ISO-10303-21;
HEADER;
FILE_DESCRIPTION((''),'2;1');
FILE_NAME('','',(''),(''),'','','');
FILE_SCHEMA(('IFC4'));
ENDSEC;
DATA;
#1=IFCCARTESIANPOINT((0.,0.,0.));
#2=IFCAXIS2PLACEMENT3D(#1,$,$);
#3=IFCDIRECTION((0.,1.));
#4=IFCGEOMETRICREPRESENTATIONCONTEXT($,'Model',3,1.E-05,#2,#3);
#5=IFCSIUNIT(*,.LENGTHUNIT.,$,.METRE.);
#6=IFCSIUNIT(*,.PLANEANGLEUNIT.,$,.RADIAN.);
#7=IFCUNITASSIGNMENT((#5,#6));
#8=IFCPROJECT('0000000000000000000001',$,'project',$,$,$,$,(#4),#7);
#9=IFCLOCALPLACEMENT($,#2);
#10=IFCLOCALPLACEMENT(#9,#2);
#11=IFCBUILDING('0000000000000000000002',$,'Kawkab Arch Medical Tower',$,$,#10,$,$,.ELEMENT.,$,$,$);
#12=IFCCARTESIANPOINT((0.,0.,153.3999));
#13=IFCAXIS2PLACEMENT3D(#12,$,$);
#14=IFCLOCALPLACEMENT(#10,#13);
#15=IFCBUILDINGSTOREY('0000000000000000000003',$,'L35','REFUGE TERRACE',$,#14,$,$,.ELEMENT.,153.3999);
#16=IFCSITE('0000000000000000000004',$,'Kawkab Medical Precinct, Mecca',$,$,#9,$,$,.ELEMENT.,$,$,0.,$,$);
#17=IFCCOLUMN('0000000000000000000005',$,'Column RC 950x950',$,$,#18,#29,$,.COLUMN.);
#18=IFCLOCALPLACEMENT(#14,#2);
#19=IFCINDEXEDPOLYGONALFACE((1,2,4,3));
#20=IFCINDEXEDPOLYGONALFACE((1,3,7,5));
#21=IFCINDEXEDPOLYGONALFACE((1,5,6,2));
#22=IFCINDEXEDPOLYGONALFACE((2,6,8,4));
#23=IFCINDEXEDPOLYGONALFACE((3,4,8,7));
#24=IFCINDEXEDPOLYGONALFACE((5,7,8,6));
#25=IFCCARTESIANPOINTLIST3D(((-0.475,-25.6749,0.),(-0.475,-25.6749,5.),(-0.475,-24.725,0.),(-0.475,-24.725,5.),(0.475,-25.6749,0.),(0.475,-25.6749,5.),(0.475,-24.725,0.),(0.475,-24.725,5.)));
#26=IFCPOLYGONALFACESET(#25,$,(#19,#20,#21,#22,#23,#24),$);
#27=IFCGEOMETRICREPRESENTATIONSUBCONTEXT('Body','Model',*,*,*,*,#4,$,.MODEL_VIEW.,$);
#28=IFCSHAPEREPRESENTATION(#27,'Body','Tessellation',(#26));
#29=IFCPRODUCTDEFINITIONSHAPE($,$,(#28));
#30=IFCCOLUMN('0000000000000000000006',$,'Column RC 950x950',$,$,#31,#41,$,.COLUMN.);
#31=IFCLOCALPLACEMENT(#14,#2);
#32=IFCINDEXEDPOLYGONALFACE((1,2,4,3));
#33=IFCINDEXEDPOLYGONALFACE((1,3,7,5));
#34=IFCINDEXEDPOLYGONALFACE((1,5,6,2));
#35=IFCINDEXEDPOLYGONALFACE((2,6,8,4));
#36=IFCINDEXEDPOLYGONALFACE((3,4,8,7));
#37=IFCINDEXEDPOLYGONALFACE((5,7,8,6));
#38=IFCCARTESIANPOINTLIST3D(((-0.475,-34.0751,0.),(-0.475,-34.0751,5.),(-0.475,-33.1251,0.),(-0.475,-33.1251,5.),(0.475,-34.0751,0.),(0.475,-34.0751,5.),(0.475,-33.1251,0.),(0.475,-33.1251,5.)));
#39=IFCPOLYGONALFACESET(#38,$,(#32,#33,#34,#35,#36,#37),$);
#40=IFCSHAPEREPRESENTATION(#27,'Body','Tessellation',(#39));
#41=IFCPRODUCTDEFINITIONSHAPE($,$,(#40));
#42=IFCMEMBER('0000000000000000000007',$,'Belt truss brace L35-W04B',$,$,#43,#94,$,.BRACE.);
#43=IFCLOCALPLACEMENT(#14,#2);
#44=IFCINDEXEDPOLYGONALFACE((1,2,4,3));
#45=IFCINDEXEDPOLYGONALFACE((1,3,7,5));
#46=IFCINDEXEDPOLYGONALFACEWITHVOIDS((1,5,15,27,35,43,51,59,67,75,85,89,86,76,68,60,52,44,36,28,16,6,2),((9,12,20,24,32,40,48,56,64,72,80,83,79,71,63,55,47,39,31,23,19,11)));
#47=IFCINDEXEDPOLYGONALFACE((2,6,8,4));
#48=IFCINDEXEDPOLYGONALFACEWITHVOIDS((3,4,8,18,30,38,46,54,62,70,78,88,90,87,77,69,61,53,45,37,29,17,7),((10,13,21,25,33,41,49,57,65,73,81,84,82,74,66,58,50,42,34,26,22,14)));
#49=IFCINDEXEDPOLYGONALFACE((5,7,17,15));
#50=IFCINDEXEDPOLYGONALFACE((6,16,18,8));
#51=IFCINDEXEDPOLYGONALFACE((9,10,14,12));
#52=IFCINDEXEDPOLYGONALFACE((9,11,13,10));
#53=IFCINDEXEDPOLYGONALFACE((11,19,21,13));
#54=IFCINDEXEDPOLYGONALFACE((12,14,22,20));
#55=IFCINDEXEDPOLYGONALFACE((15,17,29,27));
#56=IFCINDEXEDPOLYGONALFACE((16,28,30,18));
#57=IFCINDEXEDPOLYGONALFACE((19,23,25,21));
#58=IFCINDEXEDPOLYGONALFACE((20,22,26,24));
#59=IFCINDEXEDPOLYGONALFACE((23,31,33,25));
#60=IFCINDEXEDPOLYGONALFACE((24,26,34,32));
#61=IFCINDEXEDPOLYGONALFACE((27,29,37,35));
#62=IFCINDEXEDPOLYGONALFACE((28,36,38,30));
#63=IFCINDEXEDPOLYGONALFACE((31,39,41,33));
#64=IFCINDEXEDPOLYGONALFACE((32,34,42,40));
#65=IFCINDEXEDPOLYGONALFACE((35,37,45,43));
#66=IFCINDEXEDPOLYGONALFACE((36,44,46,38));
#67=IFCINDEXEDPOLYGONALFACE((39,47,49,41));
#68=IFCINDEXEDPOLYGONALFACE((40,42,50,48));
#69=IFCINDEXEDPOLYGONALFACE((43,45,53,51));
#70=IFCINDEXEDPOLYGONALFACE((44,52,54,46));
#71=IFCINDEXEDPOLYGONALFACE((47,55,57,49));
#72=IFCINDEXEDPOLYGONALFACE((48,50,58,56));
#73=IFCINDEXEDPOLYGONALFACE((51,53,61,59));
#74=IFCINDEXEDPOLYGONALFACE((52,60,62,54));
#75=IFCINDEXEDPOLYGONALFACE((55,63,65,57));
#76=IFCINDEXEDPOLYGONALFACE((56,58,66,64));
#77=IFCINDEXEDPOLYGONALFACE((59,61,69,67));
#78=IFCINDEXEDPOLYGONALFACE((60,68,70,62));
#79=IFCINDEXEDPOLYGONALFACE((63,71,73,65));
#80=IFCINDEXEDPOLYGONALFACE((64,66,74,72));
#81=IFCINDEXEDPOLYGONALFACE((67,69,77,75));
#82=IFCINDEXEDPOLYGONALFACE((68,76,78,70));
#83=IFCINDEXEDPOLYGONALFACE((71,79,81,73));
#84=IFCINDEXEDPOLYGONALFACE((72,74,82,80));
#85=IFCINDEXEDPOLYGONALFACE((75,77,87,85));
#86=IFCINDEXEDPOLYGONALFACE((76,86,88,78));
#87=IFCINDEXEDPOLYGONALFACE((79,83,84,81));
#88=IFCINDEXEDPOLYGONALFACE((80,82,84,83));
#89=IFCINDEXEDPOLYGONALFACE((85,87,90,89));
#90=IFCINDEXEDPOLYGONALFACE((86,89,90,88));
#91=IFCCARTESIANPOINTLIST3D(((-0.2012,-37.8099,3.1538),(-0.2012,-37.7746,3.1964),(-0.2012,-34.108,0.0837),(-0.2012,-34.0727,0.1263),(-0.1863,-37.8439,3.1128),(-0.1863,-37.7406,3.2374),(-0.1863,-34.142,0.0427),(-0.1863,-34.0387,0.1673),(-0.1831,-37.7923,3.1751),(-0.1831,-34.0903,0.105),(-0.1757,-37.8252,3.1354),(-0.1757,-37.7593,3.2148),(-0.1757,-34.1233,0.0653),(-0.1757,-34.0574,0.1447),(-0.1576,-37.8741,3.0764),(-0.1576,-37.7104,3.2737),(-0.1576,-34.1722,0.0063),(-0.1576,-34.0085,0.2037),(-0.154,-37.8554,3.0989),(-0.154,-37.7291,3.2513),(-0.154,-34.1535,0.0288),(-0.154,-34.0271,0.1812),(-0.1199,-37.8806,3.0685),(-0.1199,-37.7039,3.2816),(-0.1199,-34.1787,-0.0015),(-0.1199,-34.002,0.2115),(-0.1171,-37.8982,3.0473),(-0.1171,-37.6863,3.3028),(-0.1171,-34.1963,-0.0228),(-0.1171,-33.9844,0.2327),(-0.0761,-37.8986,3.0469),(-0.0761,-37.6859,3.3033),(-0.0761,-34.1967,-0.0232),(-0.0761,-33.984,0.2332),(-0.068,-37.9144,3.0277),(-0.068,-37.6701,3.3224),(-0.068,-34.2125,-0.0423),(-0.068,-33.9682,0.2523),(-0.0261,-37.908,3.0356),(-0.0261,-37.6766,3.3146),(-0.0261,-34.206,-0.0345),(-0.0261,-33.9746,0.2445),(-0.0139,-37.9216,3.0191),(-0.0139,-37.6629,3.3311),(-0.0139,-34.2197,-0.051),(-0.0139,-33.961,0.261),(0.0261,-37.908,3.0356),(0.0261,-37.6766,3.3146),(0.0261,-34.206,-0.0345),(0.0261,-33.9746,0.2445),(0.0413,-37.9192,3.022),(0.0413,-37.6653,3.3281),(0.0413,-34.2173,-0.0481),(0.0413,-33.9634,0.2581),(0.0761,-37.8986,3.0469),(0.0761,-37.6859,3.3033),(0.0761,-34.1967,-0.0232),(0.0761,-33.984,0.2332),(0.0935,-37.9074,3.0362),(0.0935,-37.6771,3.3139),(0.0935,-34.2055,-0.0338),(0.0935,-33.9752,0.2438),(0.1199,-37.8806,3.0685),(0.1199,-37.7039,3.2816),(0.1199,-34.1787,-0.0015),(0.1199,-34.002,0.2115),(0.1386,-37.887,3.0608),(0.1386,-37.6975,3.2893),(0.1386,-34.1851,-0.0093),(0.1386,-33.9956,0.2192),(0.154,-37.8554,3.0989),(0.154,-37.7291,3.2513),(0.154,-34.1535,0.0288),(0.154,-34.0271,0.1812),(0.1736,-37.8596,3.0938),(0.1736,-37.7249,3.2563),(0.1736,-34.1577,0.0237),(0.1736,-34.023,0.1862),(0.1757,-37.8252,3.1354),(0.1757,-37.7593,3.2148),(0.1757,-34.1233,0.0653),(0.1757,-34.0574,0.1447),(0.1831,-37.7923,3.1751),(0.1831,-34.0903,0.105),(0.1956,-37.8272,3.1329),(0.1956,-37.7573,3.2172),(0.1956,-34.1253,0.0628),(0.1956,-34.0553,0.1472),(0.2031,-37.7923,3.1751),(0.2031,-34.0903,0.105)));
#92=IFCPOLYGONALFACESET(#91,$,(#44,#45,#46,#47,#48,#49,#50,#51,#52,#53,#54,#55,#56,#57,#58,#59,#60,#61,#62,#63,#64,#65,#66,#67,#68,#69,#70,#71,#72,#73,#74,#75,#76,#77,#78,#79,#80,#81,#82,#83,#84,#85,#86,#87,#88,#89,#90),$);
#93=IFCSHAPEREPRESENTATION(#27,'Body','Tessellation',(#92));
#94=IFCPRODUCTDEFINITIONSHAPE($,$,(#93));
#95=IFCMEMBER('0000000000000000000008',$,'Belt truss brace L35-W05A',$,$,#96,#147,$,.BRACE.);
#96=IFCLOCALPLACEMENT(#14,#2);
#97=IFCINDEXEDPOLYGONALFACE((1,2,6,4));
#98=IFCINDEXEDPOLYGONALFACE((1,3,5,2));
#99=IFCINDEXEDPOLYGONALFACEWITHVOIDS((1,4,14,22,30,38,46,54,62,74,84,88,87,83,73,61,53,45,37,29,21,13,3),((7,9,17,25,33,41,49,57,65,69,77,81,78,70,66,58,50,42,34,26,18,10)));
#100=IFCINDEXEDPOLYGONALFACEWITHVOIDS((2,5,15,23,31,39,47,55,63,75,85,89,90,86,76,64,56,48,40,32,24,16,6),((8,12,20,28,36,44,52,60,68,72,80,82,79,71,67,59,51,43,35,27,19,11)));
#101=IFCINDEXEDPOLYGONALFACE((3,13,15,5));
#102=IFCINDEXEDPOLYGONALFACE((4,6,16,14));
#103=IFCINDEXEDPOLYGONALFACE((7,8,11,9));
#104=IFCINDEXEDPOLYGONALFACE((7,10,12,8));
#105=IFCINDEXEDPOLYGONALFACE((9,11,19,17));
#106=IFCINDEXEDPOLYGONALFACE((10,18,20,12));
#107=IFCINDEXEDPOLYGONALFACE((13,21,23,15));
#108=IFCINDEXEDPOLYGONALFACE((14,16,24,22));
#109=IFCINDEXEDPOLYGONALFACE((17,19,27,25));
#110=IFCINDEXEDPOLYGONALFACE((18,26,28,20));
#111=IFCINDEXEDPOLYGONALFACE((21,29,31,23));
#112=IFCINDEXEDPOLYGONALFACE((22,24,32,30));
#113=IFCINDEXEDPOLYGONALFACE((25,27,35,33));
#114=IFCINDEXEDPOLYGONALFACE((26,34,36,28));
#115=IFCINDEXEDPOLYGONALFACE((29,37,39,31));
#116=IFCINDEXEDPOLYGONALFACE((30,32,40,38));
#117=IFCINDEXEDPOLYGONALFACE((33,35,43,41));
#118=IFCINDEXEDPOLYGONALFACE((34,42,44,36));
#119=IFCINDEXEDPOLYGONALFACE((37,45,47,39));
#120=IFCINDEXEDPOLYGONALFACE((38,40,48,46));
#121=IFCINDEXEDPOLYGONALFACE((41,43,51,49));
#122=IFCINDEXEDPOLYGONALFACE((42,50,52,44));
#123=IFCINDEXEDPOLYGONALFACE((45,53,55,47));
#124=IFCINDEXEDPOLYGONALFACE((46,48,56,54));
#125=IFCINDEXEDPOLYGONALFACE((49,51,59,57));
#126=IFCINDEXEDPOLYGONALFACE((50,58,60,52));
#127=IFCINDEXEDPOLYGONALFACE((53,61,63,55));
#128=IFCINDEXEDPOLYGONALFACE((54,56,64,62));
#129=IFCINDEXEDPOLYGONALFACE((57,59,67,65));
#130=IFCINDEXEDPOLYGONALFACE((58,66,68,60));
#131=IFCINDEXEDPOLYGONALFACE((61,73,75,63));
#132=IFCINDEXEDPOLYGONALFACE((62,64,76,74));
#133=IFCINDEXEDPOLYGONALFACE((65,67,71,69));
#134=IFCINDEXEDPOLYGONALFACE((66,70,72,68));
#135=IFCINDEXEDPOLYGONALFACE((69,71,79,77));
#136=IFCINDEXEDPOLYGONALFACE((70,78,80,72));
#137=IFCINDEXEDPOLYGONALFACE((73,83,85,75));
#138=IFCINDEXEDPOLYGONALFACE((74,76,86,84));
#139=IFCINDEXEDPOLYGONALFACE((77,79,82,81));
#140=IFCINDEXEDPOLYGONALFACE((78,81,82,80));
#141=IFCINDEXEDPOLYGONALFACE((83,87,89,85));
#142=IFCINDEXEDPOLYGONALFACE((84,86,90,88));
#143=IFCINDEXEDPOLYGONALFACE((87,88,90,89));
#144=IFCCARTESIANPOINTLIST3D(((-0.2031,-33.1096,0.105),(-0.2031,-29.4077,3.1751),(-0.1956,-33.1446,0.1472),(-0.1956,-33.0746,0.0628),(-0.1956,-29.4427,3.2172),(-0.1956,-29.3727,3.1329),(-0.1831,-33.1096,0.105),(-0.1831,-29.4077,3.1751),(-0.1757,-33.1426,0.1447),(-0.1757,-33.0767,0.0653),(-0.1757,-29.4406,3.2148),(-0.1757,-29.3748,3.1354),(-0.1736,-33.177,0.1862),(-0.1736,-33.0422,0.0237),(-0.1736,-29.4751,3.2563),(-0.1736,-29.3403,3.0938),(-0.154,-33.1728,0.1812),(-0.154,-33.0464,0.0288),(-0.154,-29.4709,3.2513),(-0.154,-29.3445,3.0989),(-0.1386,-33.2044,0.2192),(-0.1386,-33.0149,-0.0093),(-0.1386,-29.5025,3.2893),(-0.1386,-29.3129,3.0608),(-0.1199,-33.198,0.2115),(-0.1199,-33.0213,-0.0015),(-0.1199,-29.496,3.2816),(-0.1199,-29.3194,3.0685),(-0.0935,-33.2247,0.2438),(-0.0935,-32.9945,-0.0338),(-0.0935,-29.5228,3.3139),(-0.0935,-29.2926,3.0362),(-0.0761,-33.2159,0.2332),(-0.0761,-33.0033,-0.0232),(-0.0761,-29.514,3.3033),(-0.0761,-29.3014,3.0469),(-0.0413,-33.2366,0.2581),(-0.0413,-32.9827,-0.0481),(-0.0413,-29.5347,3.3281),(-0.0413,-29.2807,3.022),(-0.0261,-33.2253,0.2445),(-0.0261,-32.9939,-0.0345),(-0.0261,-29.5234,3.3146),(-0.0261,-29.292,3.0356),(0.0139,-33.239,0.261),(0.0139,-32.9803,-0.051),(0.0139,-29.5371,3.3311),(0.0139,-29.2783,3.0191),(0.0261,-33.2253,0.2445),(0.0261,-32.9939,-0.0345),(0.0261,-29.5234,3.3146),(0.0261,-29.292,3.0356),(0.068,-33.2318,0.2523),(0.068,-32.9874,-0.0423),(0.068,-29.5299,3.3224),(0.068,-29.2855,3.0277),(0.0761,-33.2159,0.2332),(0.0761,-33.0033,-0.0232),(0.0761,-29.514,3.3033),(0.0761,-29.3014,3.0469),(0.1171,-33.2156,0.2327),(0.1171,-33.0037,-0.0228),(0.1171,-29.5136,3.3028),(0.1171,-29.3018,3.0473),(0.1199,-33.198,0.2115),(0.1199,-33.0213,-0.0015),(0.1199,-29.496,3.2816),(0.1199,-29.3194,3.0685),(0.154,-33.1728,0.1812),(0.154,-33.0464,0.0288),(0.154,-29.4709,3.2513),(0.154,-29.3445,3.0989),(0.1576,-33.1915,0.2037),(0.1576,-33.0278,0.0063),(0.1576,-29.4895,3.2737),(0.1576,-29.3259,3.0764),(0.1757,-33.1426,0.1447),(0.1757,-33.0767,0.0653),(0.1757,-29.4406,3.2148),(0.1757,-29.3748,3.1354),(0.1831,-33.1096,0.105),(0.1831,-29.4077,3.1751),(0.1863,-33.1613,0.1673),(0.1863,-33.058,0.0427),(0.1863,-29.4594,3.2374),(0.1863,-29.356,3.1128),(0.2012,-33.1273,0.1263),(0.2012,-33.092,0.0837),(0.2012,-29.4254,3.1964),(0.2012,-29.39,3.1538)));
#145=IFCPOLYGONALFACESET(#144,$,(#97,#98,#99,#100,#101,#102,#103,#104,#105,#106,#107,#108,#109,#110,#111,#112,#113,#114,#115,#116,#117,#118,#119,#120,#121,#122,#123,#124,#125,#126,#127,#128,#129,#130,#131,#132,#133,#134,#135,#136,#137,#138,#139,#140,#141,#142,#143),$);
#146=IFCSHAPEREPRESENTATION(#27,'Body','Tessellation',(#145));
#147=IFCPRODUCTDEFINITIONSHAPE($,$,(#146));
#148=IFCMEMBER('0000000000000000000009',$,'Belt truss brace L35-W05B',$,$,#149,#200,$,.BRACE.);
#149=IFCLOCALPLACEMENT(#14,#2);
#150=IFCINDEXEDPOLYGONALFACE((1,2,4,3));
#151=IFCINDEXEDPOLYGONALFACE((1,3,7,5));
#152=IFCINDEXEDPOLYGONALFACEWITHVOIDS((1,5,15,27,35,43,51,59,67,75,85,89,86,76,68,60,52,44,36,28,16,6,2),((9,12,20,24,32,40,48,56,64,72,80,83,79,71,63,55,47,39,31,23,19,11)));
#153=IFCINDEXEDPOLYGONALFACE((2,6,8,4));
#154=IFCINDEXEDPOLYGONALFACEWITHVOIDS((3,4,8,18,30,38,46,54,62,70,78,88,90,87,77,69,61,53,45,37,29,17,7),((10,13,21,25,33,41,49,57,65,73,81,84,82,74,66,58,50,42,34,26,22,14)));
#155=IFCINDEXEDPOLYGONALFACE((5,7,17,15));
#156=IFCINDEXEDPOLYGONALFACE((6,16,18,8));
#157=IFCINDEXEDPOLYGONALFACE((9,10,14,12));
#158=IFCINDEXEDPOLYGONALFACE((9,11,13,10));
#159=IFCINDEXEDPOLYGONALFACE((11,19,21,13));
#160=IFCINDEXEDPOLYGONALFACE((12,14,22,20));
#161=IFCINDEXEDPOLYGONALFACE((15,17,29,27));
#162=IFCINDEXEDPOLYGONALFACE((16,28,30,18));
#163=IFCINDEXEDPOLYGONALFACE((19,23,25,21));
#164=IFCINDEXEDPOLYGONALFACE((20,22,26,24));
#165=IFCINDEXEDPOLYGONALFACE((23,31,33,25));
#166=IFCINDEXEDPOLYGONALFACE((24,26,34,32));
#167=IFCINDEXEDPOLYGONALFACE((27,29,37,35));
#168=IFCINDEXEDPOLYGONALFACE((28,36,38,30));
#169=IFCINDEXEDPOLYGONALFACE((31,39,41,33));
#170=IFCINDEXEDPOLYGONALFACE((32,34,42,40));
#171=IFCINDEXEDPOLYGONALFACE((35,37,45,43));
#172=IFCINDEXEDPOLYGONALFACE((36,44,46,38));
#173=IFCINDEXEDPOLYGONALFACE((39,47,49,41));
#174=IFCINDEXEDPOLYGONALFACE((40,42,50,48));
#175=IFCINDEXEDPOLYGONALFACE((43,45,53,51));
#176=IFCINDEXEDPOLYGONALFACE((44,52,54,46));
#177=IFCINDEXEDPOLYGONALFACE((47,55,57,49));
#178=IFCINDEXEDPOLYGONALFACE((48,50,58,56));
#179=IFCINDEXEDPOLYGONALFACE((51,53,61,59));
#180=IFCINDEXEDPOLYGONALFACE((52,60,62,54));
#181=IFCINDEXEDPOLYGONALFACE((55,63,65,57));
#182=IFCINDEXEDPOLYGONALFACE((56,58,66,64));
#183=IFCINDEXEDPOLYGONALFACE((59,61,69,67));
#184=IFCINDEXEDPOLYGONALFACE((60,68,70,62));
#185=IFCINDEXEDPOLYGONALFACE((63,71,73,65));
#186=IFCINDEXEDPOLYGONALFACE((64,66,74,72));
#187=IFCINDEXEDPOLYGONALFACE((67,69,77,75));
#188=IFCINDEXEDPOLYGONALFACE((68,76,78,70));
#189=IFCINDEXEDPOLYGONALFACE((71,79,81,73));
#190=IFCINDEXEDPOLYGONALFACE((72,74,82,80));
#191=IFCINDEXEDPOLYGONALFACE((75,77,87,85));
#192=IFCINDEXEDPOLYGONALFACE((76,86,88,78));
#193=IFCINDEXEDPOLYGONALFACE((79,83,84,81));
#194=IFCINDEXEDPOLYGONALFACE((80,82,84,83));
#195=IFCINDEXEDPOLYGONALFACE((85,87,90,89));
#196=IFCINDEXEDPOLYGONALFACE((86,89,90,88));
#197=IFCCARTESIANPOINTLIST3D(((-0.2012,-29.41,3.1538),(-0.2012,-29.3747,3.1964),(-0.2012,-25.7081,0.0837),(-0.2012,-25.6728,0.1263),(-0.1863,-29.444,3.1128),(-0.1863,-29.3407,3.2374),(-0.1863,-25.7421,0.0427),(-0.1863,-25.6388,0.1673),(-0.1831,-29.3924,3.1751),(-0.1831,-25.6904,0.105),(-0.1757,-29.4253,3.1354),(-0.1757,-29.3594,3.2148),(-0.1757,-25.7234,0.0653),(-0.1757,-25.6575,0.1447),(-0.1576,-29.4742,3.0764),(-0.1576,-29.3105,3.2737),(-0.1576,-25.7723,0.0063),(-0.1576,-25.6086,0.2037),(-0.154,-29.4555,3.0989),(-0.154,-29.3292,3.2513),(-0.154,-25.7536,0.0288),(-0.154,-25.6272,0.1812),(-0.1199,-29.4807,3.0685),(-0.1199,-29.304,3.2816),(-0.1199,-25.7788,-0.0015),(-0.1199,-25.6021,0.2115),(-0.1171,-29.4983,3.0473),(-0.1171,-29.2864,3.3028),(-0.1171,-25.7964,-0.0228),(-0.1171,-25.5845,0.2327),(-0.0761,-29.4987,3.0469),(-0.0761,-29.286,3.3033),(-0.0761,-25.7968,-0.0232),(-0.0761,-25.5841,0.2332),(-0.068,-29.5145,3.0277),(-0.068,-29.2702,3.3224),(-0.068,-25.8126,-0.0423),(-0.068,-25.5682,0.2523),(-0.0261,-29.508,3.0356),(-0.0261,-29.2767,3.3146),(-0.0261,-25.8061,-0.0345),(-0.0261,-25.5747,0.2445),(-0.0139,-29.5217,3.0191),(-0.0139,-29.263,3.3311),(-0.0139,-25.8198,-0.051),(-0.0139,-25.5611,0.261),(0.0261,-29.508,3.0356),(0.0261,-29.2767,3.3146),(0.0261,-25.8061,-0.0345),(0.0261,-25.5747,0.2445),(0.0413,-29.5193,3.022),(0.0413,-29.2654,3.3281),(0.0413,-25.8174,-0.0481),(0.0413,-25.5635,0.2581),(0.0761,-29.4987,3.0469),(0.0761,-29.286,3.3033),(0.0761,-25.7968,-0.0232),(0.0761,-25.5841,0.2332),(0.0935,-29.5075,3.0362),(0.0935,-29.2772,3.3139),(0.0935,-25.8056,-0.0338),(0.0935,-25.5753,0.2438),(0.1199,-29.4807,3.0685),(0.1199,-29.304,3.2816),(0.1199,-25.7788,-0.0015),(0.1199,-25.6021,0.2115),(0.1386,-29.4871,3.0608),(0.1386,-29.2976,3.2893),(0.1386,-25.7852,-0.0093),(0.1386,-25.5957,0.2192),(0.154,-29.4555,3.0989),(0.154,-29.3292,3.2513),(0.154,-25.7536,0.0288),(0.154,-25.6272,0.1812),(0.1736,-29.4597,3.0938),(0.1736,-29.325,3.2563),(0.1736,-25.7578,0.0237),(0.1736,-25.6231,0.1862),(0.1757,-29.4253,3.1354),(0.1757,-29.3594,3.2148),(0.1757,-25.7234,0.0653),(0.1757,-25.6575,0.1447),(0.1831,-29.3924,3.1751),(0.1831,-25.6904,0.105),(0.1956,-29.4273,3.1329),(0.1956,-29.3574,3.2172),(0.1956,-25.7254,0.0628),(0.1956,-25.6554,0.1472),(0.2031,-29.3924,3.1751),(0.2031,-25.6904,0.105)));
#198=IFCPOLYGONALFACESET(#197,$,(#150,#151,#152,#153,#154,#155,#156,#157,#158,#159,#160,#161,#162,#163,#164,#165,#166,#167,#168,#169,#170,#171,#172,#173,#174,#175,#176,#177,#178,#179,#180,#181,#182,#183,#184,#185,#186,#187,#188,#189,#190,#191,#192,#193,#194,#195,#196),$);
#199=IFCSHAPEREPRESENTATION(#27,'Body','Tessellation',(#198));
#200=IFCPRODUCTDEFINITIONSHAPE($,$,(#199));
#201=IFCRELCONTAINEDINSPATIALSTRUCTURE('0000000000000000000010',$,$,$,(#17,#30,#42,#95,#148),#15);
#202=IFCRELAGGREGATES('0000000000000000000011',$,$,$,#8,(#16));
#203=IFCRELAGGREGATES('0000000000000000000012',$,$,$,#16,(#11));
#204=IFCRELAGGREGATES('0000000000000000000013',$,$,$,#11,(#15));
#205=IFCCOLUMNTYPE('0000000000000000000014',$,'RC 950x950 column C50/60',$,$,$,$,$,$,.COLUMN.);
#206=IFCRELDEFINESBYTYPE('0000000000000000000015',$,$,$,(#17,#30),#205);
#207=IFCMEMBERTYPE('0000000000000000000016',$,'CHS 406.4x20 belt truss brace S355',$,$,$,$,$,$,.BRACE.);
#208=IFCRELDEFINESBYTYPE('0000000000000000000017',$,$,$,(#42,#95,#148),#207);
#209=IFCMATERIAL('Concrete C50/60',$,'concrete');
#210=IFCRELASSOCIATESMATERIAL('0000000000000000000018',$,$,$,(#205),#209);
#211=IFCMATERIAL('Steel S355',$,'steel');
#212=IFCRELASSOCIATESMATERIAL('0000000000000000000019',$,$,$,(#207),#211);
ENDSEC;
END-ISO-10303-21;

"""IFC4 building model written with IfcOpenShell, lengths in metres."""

from ifc_helpers import new_model, si_unit, direction, frame, origin, origin_2d, place, context, subcontext, project, spatial, rectangle, hollow_circle, extrude, material, material_profile, profile_set, type_object, element, save


model = new_model("IFC4")

# Units and contexts
model_context = context("Model", 3, precision=1e-05, world=origin(), true_north=direction((0.0, 1.0)))
body_context = subcontext(model_context, "Body", "Model", "MODEL_VIEW")
ifc_project = project(units=[si_unit("LENGTHUNIT", "METRE"), si_unit("PLANEANGLEUNIT", "RADIAN")], contexts=[model_context])

# Site, building, storey
site_placement = place(None, origin())
site = spatial("IfcSite", under=ifc_project, at=site_placement, Name="Kawkab Medical Precinct, Mecca", CompositionType="ELEMENT", RefElevation=0.0)
building_placement = place(site_placement, origin())
building = spatial("IfcBuilding", under=site, at=building_placement, Name="Kawkab Arch Medical Tower", CompositionType="ELEMENT")
storey_placement = place(building_placement, frame((0.0, 0.0, 153.3999)))
storey = spatial("IfcBuildingStorey", under=building, at=storey_placement, Name="L35", Description="REFUGE TERRACE", CompositionType="ELEMENT", Elevation=153.3999)

# Columns
ifc_material_1 = material(Name="Concrete C50/60", Category="concrete")
ifc_material_profile_1 = material_profile(ifc_material_1, rectangle(XDim=0.95, YDim=0.95, at=origin_2d()), Name="RC 950x950")
ifc_profile_set_1 = profile_set([ifc_material_profile_1], Name="Concrete C50/60")
column_type = type_object("IfcColumnType", Name="RC 950x950 column C50/60", PredefinedType="COLUMN", material=ifc_profile_set_1)
for number, where, z_axis, x_axis, name in (
    (1, (0.0, -25.2, 0.0), (0.0, 0.0, 1.0), (1.0, 0.0, 0.0), "Column RC 950x950"),
    (2, (0.0, -33.6001, 0.0), (0.0, 0.0, 1.0), (1.0, 0.0, 0.0), "Column RC 950x950"),
):
    element("IfcColumn", number, at=place(storey_placement, frame(where, z_axis=z_axis, x_axis=x_axis)), inside=storey, type_object=column_type, Name=name, PredefinedType="COLUMN", context=body_context, shape_type="SweptSolid", body=[
        extrude(rectangle(XDim=0.95, YDim=0.95, at=origin_2d()), origin(), (0.0, 0.0, 1.0), 5.0),
    ])

# Members
ifc_material_2 = material(Name="Steel S355", Category="steel")
ifc_material_profile_2 = material_profile(ifc_material_2, hollow_circle(Radius=0.2031, WallThickness=0.02, at=origin_2d()), Name="CHS 406.4x20")
ifc_profile_set_2 = profile_set([ifc_material_profile_2], Name="Steel S355")
member_type_1 = type_object("IfcMemberType", Name="CHS 406.4x20 belt truss brace S355", PredefinedType="BRACE", material=ifc_profile_set_2)
for number, where, z_axis, x_axis, name in (
    (3, (0.0, -34.0903, 0.105), (0.0, -0.769738, 0.63836), (1.0, 0.0, 0.0), "Belt truss brace L35-W04B"),
    (4, (0.0, -33.1096, 0.105), (0.0, 0.769738, 0.63836), (-1.0, 0.0, 0.0), "Belt truss brace L35-W05A"),
    (5, (0.0, -25.6904, 0.105), (0.0, -0.769738, 0.63836), (1.0, 0.0, 0.0), "Belt truss brace L35-W05B"),
):
    element("IfcMember", number, at=place(storey_placement, frame(where, z_axis=z_axis, x_axis=x_axis)), inside=storey, type_object=member_type_1, Name=name, PredefinedType="BRACE", context=body_context, shape_type="SweptSolid", body=[
        extrude(hollow_circle(Radius=0.2031, WallThickness=0.02, at=origin_2d()), origin(), (0.0, 0.0, 1.0), 4.8093),
    ])

save(model, "model.ifc")
